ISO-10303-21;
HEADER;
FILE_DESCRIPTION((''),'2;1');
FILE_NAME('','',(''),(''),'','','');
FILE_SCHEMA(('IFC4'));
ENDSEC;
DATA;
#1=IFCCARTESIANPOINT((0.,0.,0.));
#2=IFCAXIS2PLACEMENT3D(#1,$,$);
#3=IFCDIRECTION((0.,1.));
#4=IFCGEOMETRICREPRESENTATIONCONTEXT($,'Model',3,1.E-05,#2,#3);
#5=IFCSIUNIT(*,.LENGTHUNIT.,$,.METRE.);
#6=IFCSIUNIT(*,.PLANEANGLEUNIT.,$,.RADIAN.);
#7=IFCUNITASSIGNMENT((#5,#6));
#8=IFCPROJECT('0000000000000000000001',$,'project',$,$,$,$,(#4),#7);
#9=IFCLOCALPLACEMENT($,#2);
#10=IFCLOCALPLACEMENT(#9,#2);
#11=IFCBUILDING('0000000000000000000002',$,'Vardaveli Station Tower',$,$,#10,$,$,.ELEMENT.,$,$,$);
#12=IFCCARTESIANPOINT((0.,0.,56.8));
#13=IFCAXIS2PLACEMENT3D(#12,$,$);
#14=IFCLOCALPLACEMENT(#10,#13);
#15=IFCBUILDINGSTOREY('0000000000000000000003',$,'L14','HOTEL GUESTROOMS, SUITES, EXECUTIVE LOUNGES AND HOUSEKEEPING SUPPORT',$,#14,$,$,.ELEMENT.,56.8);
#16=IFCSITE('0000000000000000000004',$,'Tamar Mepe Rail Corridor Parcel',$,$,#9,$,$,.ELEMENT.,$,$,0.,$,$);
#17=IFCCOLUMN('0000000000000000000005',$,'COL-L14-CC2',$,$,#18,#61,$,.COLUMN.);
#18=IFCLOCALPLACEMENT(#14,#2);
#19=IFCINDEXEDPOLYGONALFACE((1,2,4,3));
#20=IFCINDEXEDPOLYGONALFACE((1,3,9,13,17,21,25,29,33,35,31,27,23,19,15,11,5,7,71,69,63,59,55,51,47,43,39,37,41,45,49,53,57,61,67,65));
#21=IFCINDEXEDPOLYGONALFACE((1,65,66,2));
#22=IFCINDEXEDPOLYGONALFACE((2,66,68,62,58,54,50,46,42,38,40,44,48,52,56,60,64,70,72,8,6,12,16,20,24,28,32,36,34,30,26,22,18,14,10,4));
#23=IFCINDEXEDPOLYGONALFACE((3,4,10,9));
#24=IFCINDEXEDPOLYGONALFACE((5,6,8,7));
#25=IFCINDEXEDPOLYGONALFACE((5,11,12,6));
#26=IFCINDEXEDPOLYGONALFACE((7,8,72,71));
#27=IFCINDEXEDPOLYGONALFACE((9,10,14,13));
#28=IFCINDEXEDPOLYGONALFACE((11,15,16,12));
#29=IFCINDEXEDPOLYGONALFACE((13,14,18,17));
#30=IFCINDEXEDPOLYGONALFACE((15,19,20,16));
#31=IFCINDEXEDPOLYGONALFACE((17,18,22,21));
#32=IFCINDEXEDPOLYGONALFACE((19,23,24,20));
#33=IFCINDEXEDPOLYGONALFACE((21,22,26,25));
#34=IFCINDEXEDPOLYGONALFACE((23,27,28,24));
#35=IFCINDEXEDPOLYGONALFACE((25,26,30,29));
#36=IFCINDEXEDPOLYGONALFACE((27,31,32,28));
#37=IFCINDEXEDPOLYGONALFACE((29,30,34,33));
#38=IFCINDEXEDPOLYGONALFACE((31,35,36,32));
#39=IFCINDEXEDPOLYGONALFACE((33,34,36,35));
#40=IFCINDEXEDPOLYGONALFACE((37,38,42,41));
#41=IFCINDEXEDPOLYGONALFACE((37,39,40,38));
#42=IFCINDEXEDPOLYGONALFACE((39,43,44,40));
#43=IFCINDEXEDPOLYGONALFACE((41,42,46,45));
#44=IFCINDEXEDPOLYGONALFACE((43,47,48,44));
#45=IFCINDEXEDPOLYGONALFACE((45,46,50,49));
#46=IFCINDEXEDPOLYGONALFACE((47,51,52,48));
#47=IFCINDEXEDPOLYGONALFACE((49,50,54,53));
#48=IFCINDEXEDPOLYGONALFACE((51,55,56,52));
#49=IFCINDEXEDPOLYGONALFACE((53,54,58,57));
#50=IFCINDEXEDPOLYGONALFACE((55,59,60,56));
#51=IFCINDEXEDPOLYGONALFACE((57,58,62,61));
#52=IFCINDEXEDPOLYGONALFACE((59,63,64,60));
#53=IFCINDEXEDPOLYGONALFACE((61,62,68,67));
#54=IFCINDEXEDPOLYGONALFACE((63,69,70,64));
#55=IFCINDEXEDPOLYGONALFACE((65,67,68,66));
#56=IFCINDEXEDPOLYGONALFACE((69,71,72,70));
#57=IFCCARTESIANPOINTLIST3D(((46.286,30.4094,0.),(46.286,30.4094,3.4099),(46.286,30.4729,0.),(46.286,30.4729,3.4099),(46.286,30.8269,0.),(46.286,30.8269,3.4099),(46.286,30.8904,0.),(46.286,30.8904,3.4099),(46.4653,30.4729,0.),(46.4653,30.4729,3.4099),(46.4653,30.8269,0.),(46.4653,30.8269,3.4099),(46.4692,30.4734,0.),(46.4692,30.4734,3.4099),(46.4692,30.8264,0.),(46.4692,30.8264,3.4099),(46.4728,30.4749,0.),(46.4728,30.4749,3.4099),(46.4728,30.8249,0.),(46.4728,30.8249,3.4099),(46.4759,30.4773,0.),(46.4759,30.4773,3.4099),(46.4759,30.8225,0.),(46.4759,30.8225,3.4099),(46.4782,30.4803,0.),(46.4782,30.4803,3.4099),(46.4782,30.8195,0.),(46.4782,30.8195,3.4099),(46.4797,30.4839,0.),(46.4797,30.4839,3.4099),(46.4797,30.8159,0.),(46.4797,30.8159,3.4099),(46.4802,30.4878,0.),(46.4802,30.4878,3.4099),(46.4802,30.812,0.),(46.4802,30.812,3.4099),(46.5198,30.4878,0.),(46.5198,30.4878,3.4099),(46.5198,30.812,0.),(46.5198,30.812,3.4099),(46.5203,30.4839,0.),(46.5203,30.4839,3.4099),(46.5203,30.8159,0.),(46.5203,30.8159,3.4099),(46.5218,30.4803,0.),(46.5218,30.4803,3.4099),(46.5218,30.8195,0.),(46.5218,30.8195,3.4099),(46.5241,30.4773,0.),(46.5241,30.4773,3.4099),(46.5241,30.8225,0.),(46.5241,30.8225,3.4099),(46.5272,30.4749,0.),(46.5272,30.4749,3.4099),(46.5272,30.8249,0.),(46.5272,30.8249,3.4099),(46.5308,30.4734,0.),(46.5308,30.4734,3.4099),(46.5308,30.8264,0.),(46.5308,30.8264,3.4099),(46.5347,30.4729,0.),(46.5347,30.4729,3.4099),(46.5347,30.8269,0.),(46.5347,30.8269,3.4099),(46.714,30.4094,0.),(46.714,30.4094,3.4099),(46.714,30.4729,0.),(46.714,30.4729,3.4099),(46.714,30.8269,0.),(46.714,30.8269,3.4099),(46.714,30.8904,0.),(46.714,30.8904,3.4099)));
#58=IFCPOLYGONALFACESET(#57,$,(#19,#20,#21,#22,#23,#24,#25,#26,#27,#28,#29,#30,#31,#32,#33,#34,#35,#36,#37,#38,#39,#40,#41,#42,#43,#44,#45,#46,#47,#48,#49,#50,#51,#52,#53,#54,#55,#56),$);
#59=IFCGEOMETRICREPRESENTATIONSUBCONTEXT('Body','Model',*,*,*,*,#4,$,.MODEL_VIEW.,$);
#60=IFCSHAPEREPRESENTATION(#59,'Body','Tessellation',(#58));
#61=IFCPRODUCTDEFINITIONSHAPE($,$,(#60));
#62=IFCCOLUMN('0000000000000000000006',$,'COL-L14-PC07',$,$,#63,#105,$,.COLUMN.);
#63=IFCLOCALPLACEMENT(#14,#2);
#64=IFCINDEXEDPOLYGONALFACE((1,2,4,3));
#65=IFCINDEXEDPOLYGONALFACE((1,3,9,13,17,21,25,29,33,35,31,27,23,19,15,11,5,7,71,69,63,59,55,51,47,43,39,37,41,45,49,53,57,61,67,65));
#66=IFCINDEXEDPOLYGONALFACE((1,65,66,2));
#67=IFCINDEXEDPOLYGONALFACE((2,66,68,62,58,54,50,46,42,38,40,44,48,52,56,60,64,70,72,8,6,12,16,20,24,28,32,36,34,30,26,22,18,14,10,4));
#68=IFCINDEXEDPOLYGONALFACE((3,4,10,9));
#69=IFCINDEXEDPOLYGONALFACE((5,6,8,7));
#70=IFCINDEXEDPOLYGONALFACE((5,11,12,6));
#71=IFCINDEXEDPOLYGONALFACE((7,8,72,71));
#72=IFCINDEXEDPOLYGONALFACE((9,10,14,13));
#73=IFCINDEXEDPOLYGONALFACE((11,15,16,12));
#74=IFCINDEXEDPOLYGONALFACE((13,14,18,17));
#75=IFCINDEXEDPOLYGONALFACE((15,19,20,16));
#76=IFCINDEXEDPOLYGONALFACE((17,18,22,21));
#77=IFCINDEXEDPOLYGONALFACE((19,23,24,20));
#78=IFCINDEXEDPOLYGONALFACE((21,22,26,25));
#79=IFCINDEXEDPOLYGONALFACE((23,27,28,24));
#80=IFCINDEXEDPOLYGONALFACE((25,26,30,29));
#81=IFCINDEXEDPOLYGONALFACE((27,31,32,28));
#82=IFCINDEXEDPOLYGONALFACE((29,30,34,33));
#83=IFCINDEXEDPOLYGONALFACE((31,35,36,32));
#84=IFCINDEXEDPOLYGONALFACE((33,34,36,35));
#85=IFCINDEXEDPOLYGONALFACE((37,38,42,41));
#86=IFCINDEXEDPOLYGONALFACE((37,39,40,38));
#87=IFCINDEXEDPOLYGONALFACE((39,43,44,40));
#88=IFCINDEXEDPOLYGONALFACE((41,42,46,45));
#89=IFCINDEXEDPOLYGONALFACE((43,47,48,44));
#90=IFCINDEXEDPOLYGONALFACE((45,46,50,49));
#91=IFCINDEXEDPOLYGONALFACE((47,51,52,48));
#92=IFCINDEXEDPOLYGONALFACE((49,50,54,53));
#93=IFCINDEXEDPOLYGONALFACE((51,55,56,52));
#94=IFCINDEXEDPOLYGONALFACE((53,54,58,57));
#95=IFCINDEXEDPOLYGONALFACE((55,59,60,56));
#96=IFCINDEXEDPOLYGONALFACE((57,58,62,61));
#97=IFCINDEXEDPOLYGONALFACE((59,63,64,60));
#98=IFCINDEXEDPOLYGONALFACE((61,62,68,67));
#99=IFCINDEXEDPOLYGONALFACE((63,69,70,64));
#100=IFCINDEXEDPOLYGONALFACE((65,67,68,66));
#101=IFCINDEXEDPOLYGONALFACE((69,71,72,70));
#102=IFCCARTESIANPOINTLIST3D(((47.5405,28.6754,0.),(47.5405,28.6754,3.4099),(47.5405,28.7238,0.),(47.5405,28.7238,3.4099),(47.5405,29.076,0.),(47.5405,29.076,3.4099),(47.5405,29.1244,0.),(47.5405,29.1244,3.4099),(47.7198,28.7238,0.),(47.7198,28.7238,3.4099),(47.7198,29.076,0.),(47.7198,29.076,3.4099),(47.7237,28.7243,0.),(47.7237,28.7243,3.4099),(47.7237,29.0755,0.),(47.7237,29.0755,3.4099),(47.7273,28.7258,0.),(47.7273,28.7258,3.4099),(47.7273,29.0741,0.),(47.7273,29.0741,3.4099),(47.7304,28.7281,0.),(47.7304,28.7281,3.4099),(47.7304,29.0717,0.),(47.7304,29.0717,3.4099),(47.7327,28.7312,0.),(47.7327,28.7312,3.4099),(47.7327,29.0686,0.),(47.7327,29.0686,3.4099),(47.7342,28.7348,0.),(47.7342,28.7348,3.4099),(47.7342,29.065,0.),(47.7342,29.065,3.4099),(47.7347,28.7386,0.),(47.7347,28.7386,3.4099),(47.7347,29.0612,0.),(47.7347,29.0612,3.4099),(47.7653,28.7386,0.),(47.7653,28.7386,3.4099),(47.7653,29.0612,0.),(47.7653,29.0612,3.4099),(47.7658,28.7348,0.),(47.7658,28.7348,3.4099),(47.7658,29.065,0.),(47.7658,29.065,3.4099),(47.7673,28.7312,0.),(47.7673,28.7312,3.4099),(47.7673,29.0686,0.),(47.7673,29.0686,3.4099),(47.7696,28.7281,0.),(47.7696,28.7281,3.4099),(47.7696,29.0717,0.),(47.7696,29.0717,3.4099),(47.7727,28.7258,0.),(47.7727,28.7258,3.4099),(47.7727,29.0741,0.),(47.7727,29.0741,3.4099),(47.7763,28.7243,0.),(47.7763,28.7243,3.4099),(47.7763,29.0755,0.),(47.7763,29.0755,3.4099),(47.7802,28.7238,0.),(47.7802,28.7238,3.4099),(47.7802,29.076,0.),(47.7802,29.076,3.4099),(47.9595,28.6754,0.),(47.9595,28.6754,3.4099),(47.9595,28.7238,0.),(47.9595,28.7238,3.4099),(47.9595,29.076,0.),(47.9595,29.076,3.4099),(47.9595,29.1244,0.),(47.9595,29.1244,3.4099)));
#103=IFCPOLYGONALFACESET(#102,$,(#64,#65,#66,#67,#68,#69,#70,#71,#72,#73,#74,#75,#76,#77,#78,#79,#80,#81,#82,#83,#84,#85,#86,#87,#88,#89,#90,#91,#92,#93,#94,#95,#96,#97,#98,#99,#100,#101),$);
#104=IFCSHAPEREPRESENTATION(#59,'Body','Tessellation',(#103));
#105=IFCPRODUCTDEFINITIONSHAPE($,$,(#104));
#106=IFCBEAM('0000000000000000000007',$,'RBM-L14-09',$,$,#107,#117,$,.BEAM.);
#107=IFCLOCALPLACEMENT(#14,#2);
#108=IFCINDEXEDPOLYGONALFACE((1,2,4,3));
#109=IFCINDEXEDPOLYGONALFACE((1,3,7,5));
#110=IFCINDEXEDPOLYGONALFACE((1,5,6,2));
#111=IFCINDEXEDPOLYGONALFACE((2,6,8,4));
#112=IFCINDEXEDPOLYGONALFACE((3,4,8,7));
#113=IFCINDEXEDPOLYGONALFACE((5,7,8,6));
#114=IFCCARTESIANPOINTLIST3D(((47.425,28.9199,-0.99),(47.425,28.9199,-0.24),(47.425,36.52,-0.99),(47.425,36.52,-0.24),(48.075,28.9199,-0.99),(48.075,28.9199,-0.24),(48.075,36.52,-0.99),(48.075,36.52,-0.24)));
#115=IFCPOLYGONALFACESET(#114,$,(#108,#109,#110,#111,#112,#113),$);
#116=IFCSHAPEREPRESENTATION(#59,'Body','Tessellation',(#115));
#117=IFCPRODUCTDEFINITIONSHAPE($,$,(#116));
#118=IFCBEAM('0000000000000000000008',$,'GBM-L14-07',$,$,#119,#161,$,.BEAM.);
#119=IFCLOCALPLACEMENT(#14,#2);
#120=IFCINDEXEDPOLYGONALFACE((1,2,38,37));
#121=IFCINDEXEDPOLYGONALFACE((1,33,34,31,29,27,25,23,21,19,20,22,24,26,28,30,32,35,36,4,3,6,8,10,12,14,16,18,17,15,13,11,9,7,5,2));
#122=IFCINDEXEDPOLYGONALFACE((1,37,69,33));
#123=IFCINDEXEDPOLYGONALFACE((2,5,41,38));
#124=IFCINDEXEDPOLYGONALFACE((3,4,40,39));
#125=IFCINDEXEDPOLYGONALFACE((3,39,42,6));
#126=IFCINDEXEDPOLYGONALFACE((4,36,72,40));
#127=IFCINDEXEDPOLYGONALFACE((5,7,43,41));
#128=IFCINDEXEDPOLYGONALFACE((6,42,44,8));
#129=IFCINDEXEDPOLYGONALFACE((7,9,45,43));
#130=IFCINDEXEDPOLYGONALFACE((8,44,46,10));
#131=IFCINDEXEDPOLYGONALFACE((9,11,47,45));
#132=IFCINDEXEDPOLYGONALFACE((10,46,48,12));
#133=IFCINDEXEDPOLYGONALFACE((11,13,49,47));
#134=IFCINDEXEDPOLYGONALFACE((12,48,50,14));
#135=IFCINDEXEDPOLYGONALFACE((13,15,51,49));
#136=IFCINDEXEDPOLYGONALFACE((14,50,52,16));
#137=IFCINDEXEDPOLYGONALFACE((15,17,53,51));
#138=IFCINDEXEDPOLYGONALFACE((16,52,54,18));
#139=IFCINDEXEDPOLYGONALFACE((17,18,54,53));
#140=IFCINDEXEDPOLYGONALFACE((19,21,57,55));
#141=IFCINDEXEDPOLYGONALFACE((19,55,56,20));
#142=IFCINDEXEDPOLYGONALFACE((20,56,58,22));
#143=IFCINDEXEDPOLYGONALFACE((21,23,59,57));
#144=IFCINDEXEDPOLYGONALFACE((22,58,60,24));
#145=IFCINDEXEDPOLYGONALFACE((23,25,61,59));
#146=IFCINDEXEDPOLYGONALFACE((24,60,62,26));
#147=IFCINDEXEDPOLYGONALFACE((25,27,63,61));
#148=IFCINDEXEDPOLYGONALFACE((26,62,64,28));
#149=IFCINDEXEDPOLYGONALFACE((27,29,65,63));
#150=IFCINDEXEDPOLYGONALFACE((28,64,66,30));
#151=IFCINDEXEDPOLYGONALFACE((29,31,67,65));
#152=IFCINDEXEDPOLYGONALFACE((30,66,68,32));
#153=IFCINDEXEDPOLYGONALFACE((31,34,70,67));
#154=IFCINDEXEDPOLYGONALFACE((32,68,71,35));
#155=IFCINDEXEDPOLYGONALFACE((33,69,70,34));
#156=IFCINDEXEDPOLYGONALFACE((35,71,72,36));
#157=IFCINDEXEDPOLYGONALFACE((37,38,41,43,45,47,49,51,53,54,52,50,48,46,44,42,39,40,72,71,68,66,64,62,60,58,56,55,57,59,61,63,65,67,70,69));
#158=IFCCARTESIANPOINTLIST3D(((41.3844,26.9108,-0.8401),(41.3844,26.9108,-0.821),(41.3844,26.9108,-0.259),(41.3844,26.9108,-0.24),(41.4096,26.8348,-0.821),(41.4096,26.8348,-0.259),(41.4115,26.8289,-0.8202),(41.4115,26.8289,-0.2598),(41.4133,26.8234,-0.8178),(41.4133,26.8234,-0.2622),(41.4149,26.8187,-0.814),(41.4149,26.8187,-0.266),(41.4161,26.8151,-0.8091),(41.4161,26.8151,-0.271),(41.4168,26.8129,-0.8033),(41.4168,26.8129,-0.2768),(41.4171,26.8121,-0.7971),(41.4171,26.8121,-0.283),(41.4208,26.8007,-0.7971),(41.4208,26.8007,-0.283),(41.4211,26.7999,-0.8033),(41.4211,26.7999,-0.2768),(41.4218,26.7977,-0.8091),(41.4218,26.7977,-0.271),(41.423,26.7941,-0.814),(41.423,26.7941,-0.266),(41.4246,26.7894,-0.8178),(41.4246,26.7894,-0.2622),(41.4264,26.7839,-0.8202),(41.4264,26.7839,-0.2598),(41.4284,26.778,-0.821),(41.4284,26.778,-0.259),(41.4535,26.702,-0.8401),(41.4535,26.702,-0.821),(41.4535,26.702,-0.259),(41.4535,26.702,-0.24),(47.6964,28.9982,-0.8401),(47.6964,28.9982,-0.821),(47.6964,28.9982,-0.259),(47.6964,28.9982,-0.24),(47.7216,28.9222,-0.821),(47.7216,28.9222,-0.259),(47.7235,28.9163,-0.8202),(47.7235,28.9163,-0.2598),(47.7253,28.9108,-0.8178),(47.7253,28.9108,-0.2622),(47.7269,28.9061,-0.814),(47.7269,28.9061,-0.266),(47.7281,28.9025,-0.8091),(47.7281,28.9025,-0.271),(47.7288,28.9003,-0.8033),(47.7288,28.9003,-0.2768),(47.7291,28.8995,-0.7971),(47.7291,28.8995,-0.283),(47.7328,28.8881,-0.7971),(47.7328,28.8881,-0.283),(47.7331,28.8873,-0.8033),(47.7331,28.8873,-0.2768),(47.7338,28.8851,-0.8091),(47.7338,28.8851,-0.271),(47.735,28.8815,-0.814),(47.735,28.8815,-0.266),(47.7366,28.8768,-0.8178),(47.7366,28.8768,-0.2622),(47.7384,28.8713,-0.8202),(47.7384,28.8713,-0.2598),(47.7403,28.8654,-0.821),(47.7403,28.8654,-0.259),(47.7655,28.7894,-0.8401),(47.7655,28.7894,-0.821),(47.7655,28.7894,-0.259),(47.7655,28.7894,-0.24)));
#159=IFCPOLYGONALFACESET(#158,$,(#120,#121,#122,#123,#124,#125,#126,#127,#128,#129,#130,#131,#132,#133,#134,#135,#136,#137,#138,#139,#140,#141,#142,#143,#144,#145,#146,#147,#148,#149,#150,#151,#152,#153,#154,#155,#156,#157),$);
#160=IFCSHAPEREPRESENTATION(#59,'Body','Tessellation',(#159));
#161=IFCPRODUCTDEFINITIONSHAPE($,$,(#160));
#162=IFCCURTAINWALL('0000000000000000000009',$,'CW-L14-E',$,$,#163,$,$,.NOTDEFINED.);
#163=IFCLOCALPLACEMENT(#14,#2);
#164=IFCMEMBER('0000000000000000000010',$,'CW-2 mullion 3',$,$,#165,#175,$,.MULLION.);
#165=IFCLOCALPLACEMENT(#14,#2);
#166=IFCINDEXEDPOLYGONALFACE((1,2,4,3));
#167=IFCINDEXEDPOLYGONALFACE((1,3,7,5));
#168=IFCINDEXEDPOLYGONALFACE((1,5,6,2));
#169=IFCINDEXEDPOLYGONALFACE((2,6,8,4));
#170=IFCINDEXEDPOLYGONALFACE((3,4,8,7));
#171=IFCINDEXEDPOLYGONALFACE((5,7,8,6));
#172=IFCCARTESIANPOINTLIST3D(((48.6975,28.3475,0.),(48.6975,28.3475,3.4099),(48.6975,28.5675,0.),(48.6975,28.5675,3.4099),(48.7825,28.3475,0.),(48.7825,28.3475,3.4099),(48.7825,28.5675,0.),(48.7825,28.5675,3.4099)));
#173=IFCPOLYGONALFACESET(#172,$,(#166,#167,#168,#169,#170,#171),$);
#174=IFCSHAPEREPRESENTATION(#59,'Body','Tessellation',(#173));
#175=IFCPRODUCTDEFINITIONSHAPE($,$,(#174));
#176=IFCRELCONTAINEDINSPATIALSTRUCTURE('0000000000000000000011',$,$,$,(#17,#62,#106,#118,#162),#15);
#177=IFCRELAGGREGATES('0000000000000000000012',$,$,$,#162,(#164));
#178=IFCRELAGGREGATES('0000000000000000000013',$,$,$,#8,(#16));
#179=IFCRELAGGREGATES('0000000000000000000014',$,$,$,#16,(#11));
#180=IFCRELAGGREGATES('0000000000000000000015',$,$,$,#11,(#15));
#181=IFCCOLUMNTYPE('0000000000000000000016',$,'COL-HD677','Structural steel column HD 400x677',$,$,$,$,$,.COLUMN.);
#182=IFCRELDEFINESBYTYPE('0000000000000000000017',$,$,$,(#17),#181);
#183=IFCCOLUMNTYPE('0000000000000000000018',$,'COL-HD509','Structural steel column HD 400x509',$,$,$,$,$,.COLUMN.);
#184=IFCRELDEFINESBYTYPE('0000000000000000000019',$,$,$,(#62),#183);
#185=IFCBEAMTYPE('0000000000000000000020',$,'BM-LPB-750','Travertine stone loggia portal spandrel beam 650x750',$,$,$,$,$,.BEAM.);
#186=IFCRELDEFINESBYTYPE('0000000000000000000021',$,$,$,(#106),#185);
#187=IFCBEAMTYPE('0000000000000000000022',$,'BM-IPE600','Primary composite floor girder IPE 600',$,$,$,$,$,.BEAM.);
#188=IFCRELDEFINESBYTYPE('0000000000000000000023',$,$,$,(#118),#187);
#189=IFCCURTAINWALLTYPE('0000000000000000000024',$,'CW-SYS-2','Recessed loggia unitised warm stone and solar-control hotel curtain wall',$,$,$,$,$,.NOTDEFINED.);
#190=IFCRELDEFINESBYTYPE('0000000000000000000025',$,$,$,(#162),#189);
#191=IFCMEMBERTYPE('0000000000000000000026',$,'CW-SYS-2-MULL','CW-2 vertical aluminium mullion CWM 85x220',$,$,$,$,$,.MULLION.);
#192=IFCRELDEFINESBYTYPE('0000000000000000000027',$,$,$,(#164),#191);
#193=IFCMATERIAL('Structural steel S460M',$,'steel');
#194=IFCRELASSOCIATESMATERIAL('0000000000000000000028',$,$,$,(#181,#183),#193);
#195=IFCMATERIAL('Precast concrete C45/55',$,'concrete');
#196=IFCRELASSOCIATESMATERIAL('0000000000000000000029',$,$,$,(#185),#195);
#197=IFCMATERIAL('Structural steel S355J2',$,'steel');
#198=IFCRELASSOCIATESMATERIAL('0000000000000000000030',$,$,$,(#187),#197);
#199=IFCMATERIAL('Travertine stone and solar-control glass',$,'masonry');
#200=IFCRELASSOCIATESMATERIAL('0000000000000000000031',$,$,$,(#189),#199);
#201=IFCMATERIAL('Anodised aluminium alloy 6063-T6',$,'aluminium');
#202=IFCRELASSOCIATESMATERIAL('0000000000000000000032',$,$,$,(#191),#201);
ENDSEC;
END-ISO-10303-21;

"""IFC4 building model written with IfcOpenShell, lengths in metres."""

from ifc_helpers import new_model, si_unit, direction, frame, origin, origin_2d, place, context, subcontext, project, spatial, rectangle, i_section, extrude, source, transform, mapped, material, material_profile, profile_set, type_object, element, aggregate, save


model = new_model("IFC4")

# Units and contexts
model_context = context("Model", 3, precision=1e-05, world=origin(), true_north=direction((0.0, 1.0)))
body_context = subcontext(model_context, "Body", "Model", "MODEL_VIEW")
ifc_project = project(units=[si_unit("LENGTHUNIT", "METRE"), si_unit("PLANEANGLEUNIT", "RADIAN")], contexts=[model_context])

# Site, building, storey
site_placement = place(None, origin())
site = spatial("IfcSite", under=ifc_project, at=site_placement, Name="Tamar Mepe Rail Corridor Parcel", CompositionType="ELEMENT", RefElevation=0.0)
building_placement = place(site_placement, origin())
building = spatial("IfcBuilding", under=site, at=building_placement, Name="Vardaveli Station Tower", CompositionType="ELEMENT")
storey_placement = place(building_placement, frame((0.0, 0.0, 56.8)))
storey = spatial("IfcBuildingStorey", under=building, at=storey_placement, Name="L14", Description="HOTEL GUESTROOMS, SUITES, EXECUTIVE LOUNGES AND HOUSEKEEPING SUPPORT", CompositionType="ELEMENT", Elevation=56.8)

# Columns
ifc_material_1 = material(Name="Structural steel S460M", Category="steel")
ifc_material_profile_1 = material_profile(ifc_material_1, i_section(OverallWidth=0.428, OverallDepth=0.481, WebThickness=0.0396, FlangeThickness=0.0635, FilletRadius=0.0149, at=origin_2d()), Name="HD 400x677")
ifc_profile_set_1 = profile_set([ifc_material_profile_1], Name="Structural steel S460M")
column_type_1 = type_object("IfcColumnType", Name="COL-HD677", Description="Structural steel column HD 400x677", PredefinedType="COLUMN", material=ifc_profile_set_1)
shared_shape_1 = source(origin(), body_context, "Body", "SweptSolid", [
    extrude(i_section(OverallWidth=0.428, OverallDepth=0.481, WebThickness=0.0396, FlangeThickness=0.0635, FilletRadius=0.0149, at=origin_2d()), origin(), (0.0, 0.0, 1.0), 3.4099),
])
column_1_placement = place(storey_placement, frame((46.5, 30.6499, 0.0), z_axis=(0.0, 0.0, 1.0), x_axis=(1.0, 0.0, 0.0)))
element("IfcColumn", 1, at=column_1_placement, inside=storey, type_object=column_type_1, Name="COL-L14-CC2", PredefinedType="COLUMN", context=body_context, shape_type="MappedRepresentation", body=[
    mapped(shared_shape_1, transform((0.0, 0.0, 0.0), scale=1.0)),
])
ifc_material_profile_2 = material_profile(ifc_material_1, i_section(OverallWidth=0.4189, OverallDepth=0.449, WebThickness=0.0305, FlangeThickness=0.0483, FilletRadius=0.0149, at=origin_2d()), Name="HD 400x509")
ifc_profile_set_2 = profile_set([ifc_material_profile_2], Name="Structural steel S460M")
column_type_2 = type_object("IfcColumnType", Name="COL-HD509", Description="Structural steel column HD 400x509", PredefinedType="COLUMN", material=ifc_profile_set_2)
shared_shape_2 = source(origin(), body_context, "Body", "SweptSolid", [
    extrude(i_section(OverallWidth=0.4189, OverallDepth=0.449, WebThickness=0.0305, FlangeThickness=0.0483, FilletRadius=0.0149, at=origin_2d()), origin(), (0.0, 0.0, 1.0), 3.4099),
])
column_2_placement = place(storey_placement, frame((47.75, 28.8999, 0.0), z_axis=(0.0, 0.0, 1.0), x_axis=(1.0, 0.0, 0.0)))
element("IfcColumn", 2, at=column_2_placement, inside=storey, type_object=column_type_2, Name="COL-L14-PC07", PredefinedType="COLUMN", context=body_context, shape_type="MappedRepresentation", body=[
    mapped(shared_shape_2, transform((0.0, 0.0, 0.0), scale=1.0)),
])

# Beams
ifc_material_2 = material(Name="Precast concrete C45/55", Category="concrete")
ifc_material_profile_3 = material_profile(ifc_material_2, rectangle(XDim=0.6499, YDim=0.75, at=origin_2d()), Name="LPB 650x750")
ifc_profile_set_3 = profile_set([ifc_material_profile_3], Name="Precast concrete C45/55")
beam_type_1 = type_object("IfcBeamType", Name="BM-LPB-750", Description="Travertine stone loggia portal spandrel beam 650x750", PredefinedType="BEAM", material=ifc_profile_set_3)
shared_shape_3 = source(origin(), body_context, "Body", "SweptSolid", [
    extrude(rectangle(XDim=0.6499, YDim=0.75, at=origin_2d()), origin(), (0.0, 0.0, 1.0), 7.6001),
])
beam_1_placement = place(storey_placement, frame((47.75, 28.9199, -0.615), z_axis=(0.0, 1.0, 0.0), x_axis=(-1.0, 0.0, 0.0)))
element("IfcBeam", 3, at=beam_1_placement, inside=storey, type_object=beam_type_1, Name="RBM-L14-09", PredefinedType="BEAM", context=body_context, shape_type="MappedRepresentation", body=[
    mapped(shared_shape_3, transform((0.0, 0.0, 0.0), scale=1.0)),
])
ifc_material_3 = material(Name="Structural steel S355J2", Category="steel")
ifc_material_profile_4 = material_profile(ifc_material_3, i_section(OverallWidth=0.22, OverallDepth=0.6001, WebThickness=0.012, FlangeThickness=0.019, FilletRadius=0.0239, at=origin_2d()), Name="IPE 600")
ifc_profile_set_4 = profile_set([ifc_material_profile_4], Name="Structural steel S355J2")
beam_type_2 = type_object("IfcBeamType", Name="BM-IPE600", Description="Primary composite floor girder IPE 600", PredefinedType="BEAM", material=ifc_profile_set_4)
shared_shape_4 = source(origin(), body_context, "Body", "SweptSolid", [
    extrude(i_section(OverallWidth=0.22, OverallDepth=0.6001, WebThickness=0.012, FlangeThickness=0.019, FilletRadius=0.0239, at=origin_2d()), origin(), (0.0, 0.0, 1.0), 6.6482),
])
beam_2_placement = place(storey_placement, frame((47.731, 28.8938, -0.54), z_axis=(-0.94943, -0.313979, 0.0), x_axis=(0.313979, -0.94943, 0.0)))
element("IfcBeam", 4, at=beam_2_placement, inside=storey, type_object=beam_type_2, Name="GBM-L14-07", PredefinedType="BEAM", context=body_context, shape_type="MappedRepresentation", body=[
    mapped(shared_shape_4, transform((0.0, 0.0, 0.0), scale=1.0)),
])

# Curtain wall, member
ifc_material_4 = material(Name="Travertine stone and solar-control glass", Category="masonry")
curtain_wall_type = type_object("IfcCurtainWallType", Name="CW-SYS-2", Description="Recessed loggia unitised warm stone and solar-control hotel curtain wall", PredefinedType="NOTDEFINED", material=ifc_material_4)
curtain_wall_placement = place(storey_placement, origin())
curtain_wall = element("IfcCurtainWall", 5, at=curtain_wall_placement, inside=storey, type_object=curtain_wall_type, Name="CW-L14-E", PredefinedType="NOTDEFINED")
ifc_material_5 = material(Name="Anodised aluminium alloy 6063-T6", Category="aluminium")
ifc_material_profile_5 = material_profile(ifc_material_5, rectangle(XDim=0.085, YDim=0.22, at=origin_2d()), Name="CWM 85x220")
ifc_profile_set_5 = profile_set([ifc_material_profile_5], Name="Anodised aluminium alloy 6063-T6")
member_type = type_object("IfcMemberType", Name="CW-SYS-2-MULL", Description="CW-2 vertical aluminium mullion CWM 85x220", PredefinedType="MULLION", material=ifc_profile_set_5)
shared_shape_5 = source(origin(), body_context, "Body", "SweptSolid", [
    extrude(rectangle(XDim=0.085, YDim=0.22, at=origin_2d()), origin(), (0.0, 0.0, 1.0), 3.4099),
])
member_placement = place(storey_placement, frame((48.74, 28.4575, 0.0), z_axis=(0.0, 0.0, 1.0), x_axis=(-1.0, 0.0, 0.0)))
member = element("IfcMember", 6, at=member_placement, type_object=member_type, Name="CW-2 mullion 3", PredefinedType="MULLION", context=body_context, shape_type="MappedRepresentation", body=[
    mapped(shared_shape_5, transform((0.0, 0.0, 0.0), scale=1.0)),
])
aggregate(curtain_wall, [member])

save(model, "model.ifc")
